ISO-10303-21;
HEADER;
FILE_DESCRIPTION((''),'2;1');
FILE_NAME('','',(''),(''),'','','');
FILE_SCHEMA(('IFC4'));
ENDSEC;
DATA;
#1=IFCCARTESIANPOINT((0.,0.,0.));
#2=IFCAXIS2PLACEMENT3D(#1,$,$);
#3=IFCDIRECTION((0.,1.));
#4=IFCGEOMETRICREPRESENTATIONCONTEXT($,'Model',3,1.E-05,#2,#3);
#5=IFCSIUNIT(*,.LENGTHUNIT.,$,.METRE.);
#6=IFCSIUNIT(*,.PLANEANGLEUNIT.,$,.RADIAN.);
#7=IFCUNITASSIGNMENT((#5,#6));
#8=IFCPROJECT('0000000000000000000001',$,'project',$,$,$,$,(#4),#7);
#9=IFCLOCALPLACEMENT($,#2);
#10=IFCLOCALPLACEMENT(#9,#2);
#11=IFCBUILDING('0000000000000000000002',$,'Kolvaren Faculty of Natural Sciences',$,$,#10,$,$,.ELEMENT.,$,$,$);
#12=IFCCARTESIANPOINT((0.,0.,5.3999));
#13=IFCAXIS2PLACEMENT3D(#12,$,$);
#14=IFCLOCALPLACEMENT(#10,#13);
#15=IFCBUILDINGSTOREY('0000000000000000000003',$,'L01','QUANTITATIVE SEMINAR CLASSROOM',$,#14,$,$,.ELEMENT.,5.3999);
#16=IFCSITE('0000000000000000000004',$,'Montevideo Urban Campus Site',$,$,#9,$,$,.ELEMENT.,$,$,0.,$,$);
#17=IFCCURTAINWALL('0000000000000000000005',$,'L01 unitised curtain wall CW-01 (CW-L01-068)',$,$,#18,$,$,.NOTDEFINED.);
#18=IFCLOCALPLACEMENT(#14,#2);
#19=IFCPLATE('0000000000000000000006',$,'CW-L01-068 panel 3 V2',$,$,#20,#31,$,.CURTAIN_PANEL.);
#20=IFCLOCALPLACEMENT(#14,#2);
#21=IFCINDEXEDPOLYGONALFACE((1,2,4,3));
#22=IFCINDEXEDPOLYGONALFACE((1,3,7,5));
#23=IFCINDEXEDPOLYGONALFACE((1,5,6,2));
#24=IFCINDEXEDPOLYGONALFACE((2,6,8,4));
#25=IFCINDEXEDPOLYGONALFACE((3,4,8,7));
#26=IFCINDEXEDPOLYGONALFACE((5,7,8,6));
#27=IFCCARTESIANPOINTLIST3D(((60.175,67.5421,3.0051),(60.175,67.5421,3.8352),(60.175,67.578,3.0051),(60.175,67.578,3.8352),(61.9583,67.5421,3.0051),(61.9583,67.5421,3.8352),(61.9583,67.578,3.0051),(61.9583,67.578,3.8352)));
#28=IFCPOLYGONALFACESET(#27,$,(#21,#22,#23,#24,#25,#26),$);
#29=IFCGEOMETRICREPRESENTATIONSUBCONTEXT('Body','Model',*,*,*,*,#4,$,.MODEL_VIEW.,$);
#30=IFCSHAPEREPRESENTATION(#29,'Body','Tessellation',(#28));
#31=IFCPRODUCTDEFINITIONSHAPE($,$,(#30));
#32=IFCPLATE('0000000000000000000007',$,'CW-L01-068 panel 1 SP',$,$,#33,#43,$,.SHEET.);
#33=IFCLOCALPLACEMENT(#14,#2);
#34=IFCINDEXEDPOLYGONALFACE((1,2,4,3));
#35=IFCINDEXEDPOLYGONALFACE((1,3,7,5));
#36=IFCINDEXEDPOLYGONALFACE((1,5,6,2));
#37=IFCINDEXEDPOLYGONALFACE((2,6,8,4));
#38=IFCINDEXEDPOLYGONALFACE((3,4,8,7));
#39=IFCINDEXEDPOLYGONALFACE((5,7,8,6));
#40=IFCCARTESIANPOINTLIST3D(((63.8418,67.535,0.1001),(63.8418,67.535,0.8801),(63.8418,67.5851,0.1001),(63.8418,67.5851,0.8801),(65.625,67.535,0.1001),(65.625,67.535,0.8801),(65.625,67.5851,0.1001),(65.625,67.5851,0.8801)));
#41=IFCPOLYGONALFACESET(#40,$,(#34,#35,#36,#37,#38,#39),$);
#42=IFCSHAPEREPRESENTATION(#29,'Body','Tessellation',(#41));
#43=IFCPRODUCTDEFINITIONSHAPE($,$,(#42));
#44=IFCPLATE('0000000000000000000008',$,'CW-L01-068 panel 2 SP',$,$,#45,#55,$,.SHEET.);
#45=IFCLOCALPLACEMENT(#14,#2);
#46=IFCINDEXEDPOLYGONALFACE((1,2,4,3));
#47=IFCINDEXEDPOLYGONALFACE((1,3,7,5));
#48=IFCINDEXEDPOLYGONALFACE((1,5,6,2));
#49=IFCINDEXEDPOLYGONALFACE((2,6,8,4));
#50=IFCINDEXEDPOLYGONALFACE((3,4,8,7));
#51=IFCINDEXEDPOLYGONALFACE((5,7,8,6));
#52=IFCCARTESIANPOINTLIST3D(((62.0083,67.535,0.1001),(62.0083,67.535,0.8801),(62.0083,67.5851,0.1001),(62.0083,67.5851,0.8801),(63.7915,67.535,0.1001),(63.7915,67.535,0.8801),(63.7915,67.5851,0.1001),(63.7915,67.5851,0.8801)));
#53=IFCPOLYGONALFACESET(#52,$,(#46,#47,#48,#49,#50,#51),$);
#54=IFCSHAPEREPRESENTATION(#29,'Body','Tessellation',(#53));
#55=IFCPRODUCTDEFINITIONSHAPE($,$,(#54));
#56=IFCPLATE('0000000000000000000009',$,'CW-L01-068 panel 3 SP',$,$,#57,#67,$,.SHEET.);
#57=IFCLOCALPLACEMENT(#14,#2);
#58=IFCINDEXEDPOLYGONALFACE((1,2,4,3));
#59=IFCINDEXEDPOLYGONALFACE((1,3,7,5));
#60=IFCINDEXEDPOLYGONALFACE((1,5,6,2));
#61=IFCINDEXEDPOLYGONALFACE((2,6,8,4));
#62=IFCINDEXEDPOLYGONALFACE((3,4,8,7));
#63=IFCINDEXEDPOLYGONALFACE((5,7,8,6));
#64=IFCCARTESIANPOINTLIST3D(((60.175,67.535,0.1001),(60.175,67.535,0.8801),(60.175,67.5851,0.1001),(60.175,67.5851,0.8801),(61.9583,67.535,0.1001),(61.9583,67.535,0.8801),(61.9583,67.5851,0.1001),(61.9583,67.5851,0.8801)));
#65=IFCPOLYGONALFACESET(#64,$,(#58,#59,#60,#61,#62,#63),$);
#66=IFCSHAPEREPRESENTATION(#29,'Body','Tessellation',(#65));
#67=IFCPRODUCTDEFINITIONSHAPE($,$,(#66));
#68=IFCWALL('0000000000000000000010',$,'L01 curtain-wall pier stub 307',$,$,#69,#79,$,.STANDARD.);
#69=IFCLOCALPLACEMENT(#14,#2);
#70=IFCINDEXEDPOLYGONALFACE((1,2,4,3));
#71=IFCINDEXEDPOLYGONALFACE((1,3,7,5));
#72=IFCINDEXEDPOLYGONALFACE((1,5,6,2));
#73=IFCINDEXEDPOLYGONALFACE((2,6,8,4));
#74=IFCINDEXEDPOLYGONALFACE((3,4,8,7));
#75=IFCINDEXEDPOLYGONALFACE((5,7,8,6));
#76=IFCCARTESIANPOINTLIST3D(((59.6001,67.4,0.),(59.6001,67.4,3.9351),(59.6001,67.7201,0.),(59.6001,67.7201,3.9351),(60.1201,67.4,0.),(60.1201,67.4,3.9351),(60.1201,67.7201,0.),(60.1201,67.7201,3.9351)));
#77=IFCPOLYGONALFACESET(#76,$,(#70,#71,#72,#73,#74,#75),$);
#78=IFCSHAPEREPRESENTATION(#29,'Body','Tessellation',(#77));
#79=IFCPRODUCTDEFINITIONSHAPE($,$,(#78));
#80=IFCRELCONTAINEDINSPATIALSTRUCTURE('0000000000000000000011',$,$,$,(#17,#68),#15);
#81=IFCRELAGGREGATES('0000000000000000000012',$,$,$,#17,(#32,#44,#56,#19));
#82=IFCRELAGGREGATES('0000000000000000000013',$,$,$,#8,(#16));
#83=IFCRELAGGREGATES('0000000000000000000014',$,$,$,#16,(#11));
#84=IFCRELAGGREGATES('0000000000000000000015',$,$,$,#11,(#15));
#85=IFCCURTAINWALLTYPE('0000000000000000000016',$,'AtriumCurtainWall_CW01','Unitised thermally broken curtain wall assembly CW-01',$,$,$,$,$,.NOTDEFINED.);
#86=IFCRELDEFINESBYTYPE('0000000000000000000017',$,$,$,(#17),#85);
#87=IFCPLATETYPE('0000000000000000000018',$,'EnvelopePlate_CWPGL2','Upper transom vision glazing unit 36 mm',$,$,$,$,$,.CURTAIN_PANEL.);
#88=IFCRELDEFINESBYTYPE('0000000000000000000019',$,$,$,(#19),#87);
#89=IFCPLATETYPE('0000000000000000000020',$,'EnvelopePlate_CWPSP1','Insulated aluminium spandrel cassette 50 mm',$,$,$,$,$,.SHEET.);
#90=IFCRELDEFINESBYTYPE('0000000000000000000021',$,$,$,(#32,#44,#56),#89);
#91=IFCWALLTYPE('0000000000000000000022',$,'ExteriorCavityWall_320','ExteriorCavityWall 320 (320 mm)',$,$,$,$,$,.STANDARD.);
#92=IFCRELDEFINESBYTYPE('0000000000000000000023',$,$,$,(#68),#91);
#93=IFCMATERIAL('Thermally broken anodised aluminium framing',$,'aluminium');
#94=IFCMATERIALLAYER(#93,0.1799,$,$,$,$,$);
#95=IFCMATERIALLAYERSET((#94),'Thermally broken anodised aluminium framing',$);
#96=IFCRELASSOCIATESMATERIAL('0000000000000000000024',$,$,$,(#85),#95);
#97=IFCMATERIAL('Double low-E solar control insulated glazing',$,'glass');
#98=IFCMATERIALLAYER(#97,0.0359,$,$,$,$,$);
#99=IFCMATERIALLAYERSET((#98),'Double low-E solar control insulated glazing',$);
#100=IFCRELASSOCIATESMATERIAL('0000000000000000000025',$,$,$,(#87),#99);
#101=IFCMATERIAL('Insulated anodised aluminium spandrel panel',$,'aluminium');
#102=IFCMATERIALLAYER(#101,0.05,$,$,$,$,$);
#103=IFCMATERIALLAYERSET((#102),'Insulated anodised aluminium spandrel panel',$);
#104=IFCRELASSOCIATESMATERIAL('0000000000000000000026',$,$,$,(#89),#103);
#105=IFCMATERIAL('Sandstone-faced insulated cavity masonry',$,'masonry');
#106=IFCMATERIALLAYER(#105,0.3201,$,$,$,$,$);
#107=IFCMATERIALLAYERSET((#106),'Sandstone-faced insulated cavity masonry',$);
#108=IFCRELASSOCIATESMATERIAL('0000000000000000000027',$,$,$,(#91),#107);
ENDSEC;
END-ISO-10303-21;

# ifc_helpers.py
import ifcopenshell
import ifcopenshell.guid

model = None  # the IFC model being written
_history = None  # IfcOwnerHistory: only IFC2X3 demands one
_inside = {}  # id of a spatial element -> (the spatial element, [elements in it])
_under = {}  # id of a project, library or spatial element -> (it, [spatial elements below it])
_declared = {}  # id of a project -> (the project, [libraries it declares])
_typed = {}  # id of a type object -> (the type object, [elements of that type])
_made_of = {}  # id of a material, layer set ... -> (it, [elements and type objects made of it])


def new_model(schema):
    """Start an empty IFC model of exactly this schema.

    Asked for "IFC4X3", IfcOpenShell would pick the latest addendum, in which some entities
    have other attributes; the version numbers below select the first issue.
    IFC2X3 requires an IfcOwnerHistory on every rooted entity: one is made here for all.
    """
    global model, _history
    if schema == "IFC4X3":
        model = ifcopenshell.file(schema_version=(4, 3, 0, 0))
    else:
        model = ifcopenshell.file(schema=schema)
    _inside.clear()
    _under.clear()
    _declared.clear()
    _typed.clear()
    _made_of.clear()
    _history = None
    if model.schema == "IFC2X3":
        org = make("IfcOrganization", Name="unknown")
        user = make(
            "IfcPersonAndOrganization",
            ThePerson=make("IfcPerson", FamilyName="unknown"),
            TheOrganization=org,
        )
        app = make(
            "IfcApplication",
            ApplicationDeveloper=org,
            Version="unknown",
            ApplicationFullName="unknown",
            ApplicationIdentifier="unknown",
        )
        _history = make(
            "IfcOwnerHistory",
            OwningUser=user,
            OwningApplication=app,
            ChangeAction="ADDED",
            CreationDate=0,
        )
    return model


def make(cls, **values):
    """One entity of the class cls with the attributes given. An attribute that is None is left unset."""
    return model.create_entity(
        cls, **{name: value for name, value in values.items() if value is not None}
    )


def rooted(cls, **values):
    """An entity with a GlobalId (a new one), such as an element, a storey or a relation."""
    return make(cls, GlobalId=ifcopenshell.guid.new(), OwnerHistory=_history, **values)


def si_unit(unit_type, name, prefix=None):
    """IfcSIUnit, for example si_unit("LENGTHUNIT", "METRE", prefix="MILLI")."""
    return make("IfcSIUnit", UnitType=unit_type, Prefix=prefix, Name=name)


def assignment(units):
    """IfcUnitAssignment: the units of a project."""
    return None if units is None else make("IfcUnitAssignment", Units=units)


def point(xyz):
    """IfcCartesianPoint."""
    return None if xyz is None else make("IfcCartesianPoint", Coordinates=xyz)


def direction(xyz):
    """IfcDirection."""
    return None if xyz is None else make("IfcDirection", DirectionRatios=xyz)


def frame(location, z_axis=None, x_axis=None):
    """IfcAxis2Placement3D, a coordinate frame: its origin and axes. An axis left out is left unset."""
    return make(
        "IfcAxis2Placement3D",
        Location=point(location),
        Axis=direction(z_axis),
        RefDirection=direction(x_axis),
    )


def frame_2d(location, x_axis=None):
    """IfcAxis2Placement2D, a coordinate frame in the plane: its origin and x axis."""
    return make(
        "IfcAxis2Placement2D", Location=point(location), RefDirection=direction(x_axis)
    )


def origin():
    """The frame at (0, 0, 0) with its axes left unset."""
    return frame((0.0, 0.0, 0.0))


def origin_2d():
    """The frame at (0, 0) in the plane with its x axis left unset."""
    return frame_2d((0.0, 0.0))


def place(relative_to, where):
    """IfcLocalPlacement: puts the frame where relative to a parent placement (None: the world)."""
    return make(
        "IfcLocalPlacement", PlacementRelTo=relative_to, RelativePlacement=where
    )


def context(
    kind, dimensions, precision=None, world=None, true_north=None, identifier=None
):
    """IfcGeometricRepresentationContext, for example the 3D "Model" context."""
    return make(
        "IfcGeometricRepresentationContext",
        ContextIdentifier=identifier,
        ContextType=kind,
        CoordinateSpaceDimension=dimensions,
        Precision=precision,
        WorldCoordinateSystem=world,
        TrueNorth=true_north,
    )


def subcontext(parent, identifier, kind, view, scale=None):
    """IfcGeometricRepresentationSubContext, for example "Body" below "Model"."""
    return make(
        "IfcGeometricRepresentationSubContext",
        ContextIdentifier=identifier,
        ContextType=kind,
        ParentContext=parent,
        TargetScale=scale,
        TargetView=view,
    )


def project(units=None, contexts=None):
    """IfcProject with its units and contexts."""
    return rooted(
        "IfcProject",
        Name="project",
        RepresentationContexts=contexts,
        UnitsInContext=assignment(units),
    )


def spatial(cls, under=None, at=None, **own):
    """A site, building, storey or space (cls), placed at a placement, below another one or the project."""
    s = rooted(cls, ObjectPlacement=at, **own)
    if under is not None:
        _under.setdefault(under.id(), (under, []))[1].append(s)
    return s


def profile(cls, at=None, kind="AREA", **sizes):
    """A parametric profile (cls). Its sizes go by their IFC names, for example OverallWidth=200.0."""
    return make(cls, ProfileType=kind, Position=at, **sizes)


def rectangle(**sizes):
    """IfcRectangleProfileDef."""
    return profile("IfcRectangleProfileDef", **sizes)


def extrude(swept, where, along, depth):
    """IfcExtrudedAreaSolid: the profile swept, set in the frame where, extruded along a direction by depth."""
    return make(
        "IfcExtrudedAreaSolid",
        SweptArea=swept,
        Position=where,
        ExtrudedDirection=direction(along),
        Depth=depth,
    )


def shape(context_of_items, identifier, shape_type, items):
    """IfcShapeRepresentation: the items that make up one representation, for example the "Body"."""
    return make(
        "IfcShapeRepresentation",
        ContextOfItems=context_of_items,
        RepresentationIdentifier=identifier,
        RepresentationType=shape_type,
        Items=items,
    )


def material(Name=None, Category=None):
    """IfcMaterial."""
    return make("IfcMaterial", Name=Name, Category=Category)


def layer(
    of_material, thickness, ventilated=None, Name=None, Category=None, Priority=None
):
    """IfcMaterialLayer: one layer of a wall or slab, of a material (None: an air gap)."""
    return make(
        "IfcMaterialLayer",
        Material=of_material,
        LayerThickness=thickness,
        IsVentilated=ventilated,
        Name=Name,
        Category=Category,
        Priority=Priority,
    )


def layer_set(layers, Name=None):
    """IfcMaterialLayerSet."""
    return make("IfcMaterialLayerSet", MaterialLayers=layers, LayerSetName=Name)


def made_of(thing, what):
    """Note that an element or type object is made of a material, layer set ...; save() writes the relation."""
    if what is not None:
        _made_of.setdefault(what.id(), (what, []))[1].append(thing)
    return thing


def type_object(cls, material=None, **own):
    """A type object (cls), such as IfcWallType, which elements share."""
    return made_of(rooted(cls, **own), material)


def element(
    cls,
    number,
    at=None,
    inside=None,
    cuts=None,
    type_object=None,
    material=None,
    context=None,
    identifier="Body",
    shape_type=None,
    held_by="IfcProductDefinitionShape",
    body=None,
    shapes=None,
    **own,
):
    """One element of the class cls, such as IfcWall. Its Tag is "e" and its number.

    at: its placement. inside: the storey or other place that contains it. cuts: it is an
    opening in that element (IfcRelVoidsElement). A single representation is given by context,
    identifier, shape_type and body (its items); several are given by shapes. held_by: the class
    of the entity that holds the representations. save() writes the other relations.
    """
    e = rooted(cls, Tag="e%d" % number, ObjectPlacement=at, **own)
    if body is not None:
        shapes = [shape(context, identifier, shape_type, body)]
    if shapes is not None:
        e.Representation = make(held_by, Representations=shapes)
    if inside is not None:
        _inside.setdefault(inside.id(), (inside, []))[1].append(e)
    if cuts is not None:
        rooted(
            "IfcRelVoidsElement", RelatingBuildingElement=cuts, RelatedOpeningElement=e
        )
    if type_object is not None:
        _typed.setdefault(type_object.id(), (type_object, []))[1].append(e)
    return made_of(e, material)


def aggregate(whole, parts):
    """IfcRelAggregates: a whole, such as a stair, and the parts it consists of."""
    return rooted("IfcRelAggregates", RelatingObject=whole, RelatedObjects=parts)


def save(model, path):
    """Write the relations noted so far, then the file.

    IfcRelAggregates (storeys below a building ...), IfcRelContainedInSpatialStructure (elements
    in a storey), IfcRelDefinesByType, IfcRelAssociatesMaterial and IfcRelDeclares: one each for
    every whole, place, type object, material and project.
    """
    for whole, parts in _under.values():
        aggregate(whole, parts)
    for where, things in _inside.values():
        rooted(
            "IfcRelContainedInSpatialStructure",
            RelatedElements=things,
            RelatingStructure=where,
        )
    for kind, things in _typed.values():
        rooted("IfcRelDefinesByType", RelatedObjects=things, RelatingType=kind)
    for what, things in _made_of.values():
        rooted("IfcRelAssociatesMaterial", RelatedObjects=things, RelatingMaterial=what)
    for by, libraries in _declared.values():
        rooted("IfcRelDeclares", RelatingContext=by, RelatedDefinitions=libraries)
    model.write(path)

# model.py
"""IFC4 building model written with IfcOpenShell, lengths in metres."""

from ifc_helpers import new_model, si_unit, direction, frame, frame_2d, origin, origin_2d, place, context, subcontext, project, spatial, rectangle, extrude, material, layer, layer_set, type_object, element, aggregate, save


model = new_model("IFC4")

# Units and contexts
model_context = context("Model", 3, precision=1e-05, world=origin(), true_north=direction((0.0, 1.0)))
body_context = subcontext(model_context, "Body", "Model", "MODEL_VIEW")
ifc_project = project(units=[si_unit("LENGTHUNIT", "METRE"), si_unit("PLANEANGLEUNIT", "RADIAN")], contexts=[model_context])

# Site, building, storey
site_placement = place(None, origin())
site = spatial("IfcSite", under=ifc_project, at=site_placement, Name="Montevideo Urban Campus Site", CompositionType="ELEMENT", RefElevation=0.0)
building_placement = place(site_placement, origin())
building = spatial("IfcBuilding", under=site, at=building_placement, Name="Kolvaren Faculty of Natural Sciences", CompositionType="ELEMENT")
storey_placement = place(building_placement, frame((0.0, 0.0, 5.3999)))
storey = spatial("IfcBuildingStorey", under=building, at=storey_placement, Name="L01", Description="QUANTITATIVE SEMINAR CLASSROOM", CompositionType="ELEMENT", Elevation=5.3999)

# Curtain wall
ifc_material_1 = material(Name="Thermally broken anodised aluminium framing", Category="aluminium")
ifc_layer_1 = layer(ifc_material_1, 0.1799)
ifc_layer_set_1 = layer_set([ifc_layer_1], Name="Thermally broken anodised aluminium framing")
curtain_wall_type = type_object("IfcCurtainWallType", Name="AtriumCurtainWall_CW01", Description="Unitised thermally broken curtain wall assembly CW-01", PredefinedType="NOTDEFINED", material=ifc_layer_set_1)
curtain_wall_placement = place(storey_placement, origin())
curtain_wall = element("IfcCurtainWall", 1, at=curtain_wall_placement, inside=storey, type_object=curtain_wall_type, Name="L01 unitised curtain wall CW-01 (CW-L01-068)", PredefinedType="NOTDEFINED")

# Plates
ifc_material_2 = material(Name="Double low-E solar control insulated glazing", Category="glass")
ifc_layer_2 = layer(ifc_material_2, 0.0359)
ifc_layer_set_2 = layer_set([ifc_layer_2], Name="Double low-E solar control insulated glazing")
plate_type_1 = type_object("IfcPlateType", Name="EnvelopePlate_CWPGL2", Description="Upper transom vision glazing unit 36 mm", PredefinedType="CURTAIN_PANEL", material=ifc_layer_set_2)
plate_1_placement = place(storey_placement, frame((61.0667, 67.5601, 3.0051), z_axis=(0.0, 0.0, 1.0), x_axis=(-1.0, 0.0, 0.0)))
plate_1 = element("IfcPlate", 2, at=plate_1_placement, type_object=plate_type_1, Name="CW-L01-068 panel 3 V2", PredefinedType="CURTAIN_PANEL", context=body_context, shape_type="SweptSolid", body=[
    extrude(rectangle(XDim=1.7832, YDim=0.0359, at=origin_2d()), origin(), (0.0, 0.0, 1.0), 0.8301),
])
ifc_material_3 = material(Name="Insulated anodised aluminium spandrel panel", Category="aluminium")
ifc_layer_3 = layer(ifc_material_3, 0.05)
ifc_layer_set_3 = layer_set([ifc_layer_3], Name="Insulated anodised aluminium spandrel panel")
plate_type_2 = type_object("IfcPlateType", Name="EnvelopePlate_CWPSP1", Description="Insulated aluminium spandrel cassette 50 mm", PredefinedType="SHEET", material=ifc_layer_set_3)
plate_2_placement = place(storey_placement, frame((64.7334, 67.5601, 0.1001), z_axis=(0.0, 0.0, 1.0), x_axis=(-1.0, 0.0, 0.0)))
plate_2 = element("IfcPlate", 3, at=plate_2_placement, type_object=plate_type_2, Name="CW-L01-068 panel 1 SP", PredefinedType="SHEET", context=body_context, shape_type="SweptSolid", body=[
    extrude(rectangle(XDim=1.7832, YDim=0.05, at=origin_2d()), origin(), (0.0, 0.0, 1.0), 0.78),
])
plate_3_placement = place(storey_placement, frame((62.8999, 67.5601, 0.1001), z_axis=(0.0, 0.0, 1.0), x_axis=(-1.0, 0.0, 0.0)))
plate_3 = element("IfcPlate", 4, at=plate_3_placement, type_object=plate_type_2, Name="CW-L01-068 panel 2 SP", PredefinedType="SHEET", context=body_context, shape_type="SweptSolid", body=[
    extrude(rectangle(XDim=1.7832, YDim=0.05, at=origin_2d()), origin(), (0.0, 0.0, 1.0), 0.78),
])
plate_4_placement = place(storey_placement, frame((61.0667, 67.5601, 0.1001), z_axis=(0.0, 0.0, 1.0), x_axis=(-1.0, 0.0, 0.0)))
plate_4 = element("IfcPlate", 5, at=plate_4_placement, type_object=plate_type_2, Name="CW-L01-068 panel 3 SP", PredefinedType="SHEET", context=body_context, shape_type="SweptSolid", body=[
    extrude(rectangle(XDim=1.7832, YDim=0.05, at=origin_2d()), origin(), (0.0, 0.0, 1.0), 0.78),
])
aggregate(curtain_wall, [plate_2, plate_3, plate_4, plate_1])

# Wall
ifc_material_4 = material(Name="Sandstone-faced insulated cavity masonry", Category="masonry")
ifc_layer_4 = layer(ifc_material_4, 0.3201)
ifc_layer_set_4 = layer_set([ifc_layer_4], Name="Sandstone-faced insulated cavity masonry")
wall_type = type_object("IfcWallType", Name="ExteriorCavityWall_320", Description="ExteriorCavityWall 320 (320 mm)", PredefinedType="STANDARD", material=ifc_layer_set_4)
wall_placement = place(storey_placement, frame((60.1201, 67.5601, 0.0), z_axis=(0.0, 0.0, 1.0), x_axis=(-1.0, 0.0, 0.0)))
element("IfcWall", 6, at=wall_placement, inside=storey, type_object=wall_type, Name="L01 curtain-wall pier stub 307", PredefinedType="STANDARD", context=body_context, shape_type="SweptSolid", body=[
    extrude(rectangle(XDim=0.52, YDim=0.3201, at=frame_2d((0.26, 0.0))), origin(), (0.0, 0.0, 1.0), 3.9351),
])

save(model, "model.ifc")
